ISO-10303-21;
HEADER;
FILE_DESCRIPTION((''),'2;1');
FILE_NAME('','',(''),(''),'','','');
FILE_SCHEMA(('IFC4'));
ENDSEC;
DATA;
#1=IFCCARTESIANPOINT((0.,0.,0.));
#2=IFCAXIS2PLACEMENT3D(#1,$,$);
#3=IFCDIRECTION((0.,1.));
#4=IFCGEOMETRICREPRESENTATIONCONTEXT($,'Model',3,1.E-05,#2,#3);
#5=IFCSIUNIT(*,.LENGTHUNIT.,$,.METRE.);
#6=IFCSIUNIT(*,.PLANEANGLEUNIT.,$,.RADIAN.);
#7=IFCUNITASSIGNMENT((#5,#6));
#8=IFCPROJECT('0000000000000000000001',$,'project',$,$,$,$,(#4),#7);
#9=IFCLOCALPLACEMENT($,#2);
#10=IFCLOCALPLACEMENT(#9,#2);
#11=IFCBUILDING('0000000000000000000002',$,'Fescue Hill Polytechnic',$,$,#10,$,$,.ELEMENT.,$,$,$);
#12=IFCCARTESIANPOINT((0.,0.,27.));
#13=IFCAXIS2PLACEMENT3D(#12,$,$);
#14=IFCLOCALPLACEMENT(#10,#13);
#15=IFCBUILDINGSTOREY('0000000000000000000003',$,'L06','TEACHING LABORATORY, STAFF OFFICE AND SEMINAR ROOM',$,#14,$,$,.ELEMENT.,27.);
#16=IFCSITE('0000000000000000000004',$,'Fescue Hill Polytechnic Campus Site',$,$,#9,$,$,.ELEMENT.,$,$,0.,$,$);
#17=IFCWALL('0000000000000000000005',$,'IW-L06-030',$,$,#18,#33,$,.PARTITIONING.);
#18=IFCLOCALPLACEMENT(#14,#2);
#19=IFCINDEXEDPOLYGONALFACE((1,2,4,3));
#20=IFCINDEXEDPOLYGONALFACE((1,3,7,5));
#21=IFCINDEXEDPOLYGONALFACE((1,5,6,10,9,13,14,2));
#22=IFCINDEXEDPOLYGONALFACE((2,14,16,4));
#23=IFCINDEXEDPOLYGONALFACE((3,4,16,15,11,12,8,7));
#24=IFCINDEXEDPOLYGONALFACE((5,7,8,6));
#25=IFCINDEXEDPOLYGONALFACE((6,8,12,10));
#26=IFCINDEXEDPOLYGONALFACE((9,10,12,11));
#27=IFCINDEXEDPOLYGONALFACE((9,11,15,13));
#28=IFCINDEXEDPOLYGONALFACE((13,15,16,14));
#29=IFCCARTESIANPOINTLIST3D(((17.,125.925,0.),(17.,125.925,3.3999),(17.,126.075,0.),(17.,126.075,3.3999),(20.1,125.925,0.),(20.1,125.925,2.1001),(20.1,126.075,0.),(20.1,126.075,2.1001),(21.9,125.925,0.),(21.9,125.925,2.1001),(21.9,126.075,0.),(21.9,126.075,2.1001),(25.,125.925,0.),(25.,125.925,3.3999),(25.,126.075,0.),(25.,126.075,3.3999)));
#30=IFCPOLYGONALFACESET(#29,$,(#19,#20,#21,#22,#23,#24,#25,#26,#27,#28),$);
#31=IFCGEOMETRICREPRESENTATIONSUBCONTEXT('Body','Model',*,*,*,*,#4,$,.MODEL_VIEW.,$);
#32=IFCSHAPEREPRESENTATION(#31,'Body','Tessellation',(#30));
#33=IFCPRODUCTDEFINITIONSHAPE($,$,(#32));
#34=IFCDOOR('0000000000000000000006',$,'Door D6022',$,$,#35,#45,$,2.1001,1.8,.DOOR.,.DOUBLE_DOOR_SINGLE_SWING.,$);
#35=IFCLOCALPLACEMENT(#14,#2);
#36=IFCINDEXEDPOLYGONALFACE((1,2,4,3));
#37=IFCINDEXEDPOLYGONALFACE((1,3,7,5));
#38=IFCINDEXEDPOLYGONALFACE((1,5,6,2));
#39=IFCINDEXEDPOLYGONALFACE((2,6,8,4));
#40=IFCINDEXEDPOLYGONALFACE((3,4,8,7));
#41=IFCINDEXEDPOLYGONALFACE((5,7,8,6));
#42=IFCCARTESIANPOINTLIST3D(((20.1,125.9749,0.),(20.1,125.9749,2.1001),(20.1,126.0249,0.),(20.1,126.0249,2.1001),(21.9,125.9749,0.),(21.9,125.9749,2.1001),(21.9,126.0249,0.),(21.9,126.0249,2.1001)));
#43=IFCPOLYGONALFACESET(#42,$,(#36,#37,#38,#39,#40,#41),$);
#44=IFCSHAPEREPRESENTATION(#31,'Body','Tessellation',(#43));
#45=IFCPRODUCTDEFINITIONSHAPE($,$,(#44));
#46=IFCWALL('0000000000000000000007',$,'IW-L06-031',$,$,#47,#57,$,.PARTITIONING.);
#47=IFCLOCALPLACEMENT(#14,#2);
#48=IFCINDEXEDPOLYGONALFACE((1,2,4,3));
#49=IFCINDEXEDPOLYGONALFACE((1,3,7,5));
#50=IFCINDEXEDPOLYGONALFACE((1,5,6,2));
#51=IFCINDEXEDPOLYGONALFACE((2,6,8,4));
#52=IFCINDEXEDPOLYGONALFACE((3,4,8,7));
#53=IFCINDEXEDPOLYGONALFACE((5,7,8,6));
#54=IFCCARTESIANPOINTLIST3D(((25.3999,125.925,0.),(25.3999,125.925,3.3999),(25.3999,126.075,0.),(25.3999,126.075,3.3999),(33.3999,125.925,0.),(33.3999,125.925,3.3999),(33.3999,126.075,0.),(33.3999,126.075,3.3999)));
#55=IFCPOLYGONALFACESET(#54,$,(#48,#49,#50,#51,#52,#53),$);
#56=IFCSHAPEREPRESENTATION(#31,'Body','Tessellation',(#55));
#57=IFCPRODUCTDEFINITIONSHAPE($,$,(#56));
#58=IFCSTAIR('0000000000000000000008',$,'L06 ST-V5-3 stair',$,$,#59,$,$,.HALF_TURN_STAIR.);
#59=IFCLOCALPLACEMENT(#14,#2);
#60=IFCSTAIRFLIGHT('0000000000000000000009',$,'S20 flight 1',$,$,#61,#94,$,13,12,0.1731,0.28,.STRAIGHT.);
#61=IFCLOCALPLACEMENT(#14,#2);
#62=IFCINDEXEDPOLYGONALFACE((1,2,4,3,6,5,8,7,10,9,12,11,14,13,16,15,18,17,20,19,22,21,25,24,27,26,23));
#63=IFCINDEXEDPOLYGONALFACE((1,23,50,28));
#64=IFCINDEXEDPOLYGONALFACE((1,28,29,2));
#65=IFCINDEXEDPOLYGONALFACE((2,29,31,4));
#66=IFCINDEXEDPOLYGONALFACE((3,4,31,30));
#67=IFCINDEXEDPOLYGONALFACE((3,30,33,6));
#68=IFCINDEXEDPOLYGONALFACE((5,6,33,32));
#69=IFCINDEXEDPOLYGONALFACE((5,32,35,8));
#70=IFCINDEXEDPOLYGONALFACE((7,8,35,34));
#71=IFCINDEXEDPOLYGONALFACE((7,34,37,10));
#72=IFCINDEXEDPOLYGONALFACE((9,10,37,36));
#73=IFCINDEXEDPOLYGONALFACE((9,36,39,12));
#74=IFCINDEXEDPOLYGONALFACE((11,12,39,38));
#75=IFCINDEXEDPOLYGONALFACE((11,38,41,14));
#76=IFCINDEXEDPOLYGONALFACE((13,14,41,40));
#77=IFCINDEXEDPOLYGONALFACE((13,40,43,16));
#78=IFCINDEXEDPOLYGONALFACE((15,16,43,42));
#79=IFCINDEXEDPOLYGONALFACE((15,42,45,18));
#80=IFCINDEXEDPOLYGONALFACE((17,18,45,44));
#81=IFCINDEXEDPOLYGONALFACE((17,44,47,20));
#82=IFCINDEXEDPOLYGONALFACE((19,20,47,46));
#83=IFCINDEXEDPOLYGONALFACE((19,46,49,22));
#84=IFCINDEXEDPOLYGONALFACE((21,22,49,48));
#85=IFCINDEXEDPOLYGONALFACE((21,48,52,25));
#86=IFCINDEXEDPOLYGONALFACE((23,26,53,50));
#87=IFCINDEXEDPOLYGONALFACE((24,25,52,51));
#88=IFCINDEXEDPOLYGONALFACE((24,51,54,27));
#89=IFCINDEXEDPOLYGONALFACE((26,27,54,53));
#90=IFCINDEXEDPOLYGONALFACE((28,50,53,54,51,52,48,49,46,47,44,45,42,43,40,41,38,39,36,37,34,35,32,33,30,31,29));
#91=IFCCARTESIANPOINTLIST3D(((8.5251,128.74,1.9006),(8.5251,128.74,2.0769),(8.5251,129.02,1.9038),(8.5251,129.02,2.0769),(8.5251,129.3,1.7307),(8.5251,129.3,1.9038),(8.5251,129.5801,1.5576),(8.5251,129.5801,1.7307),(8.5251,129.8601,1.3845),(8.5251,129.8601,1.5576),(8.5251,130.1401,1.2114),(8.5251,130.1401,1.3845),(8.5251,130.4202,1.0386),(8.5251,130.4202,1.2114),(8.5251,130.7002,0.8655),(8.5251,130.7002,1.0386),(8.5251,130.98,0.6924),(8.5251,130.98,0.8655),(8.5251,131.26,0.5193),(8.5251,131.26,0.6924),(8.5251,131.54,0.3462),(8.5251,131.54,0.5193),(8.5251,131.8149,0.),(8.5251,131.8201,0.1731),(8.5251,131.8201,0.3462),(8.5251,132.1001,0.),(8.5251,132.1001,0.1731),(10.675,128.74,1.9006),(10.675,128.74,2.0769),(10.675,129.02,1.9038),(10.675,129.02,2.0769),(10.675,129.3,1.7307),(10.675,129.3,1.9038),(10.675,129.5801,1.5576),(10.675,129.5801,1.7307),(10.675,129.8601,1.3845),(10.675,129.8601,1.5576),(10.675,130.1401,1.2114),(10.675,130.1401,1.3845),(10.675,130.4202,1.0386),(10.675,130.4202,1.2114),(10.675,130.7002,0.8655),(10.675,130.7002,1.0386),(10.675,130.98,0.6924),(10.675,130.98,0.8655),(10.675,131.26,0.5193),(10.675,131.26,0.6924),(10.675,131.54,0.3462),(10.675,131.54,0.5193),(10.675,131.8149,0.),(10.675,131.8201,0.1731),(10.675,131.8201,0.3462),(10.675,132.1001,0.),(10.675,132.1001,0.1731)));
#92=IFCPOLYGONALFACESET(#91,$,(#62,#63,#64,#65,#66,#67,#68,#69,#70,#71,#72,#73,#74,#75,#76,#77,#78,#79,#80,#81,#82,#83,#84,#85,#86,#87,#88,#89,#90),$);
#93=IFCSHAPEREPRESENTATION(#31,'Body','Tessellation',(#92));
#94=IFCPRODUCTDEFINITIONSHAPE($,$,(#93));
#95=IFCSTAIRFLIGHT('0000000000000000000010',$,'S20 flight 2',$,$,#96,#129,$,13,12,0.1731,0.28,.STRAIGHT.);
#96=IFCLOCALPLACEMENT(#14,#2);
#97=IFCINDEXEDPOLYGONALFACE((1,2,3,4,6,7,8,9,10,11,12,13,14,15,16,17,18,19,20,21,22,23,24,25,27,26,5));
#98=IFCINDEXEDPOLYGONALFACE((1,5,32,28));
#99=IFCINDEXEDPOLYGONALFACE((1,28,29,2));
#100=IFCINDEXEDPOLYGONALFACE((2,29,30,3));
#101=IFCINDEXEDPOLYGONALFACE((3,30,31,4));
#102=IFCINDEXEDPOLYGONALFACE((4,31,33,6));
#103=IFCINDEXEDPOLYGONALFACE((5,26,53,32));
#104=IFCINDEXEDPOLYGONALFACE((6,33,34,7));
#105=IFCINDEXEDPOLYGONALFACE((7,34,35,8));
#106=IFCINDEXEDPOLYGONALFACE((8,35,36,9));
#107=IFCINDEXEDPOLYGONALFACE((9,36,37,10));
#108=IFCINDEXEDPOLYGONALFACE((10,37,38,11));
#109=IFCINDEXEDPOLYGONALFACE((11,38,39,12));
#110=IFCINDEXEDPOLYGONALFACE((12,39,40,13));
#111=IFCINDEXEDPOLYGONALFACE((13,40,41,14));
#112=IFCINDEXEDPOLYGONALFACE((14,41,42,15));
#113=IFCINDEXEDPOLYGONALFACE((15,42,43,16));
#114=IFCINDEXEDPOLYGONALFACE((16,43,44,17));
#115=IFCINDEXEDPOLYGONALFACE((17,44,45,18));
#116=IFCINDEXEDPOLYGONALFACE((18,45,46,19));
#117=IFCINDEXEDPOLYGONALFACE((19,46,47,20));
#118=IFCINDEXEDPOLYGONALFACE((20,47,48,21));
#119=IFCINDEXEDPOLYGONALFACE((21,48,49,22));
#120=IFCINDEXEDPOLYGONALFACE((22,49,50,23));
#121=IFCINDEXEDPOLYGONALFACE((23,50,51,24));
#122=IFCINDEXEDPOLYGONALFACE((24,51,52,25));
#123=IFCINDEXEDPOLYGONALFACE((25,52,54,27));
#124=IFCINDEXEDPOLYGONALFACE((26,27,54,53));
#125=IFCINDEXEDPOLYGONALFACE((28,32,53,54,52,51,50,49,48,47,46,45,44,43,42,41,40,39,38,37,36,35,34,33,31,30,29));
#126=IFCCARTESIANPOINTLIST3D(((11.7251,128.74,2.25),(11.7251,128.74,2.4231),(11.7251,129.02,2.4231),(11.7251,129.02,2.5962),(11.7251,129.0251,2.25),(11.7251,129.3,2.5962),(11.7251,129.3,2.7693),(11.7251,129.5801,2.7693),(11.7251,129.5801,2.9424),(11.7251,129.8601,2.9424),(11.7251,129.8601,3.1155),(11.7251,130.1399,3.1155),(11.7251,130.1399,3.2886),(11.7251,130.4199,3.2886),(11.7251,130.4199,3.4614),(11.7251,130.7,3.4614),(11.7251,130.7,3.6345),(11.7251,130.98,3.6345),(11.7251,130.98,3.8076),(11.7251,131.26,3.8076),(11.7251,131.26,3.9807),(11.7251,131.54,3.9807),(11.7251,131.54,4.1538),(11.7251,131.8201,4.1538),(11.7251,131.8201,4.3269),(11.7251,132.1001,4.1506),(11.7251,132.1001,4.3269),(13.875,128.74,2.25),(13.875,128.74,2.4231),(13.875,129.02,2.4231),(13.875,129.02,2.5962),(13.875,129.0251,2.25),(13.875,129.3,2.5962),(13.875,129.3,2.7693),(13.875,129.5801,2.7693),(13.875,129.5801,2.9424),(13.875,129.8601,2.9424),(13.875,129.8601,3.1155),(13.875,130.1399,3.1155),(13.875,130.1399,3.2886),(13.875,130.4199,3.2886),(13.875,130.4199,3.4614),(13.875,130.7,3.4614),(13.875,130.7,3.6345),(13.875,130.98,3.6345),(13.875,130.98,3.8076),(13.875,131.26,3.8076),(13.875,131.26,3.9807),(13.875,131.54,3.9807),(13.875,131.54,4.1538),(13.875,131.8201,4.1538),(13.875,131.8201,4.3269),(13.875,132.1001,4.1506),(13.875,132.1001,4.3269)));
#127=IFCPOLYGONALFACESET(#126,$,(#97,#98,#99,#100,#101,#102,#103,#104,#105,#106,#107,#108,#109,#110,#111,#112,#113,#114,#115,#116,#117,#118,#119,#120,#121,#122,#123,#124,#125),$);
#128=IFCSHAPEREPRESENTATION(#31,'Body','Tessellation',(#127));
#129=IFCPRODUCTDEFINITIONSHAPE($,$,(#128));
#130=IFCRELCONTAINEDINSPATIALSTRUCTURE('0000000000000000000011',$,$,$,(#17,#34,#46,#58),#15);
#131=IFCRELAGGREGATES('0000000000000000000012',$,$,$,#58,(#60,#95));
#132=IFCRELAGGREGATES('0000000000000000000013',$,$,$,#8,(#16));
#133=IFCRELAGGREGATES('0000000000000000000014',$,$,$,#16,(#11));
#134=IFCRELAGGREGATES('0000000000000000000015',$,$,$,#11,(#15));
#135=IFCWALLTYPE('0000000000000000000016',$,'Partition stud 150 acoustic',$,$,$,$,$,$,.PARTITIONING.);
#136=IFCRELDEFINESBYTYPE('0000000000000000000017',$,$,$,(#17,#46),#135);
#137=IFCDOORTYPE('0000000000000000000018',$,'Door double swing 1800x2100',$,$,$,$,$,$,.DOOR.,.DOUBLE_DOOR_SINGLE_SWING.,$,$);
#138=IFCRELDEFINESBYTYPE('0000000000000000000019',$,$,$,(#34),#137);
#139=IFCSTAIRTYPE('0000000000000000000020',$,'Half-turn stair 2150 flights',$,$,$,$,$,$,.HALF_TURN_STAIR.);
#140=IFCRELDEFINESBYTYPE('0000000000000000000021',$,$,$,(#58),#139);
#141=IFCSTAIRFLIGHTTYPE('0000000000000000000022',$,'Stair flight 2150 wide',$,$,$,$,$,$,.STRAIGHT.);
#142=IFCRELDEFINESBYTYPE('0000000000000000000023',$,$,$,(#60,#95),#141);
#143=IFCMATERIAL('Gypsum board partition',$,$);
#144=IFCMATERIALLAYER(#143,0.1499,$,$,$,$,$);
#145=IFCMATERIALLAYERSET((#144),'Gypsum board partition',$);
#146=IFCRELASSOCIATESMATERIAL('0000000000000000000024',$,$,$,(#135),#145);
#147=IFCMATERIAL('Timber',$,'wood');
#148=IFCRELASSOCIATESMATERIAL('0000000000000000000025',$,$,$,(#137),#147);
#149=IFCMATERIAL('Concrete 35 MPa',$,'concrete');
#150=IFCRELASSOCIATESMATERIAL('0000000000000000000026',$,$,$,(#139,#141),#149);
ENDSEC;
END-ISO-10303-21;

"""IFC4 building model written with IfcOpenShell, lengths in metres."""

from ifc_helpers import new_model, si_unit, direction, frame, frame_2d, origin, place, context, subcontext, project, spatial, polyline, rectangle, outline, extrude, material, layer, layer_set, type_object, element, fill, aggregate, save


model = new_model("IFC4")

# Units and contexts
model_context = context("Model", 3, precision=1e-05, world=origin(), true_north=direction((0.0, 1.0)))
body_context = subcontext(model_context, "Body", "Model", "MODEL_VIEW")
ifc_project = project(units=[si_unit("LENGTHUNIT", "METRE"), si_unit("PLANEANGLEUNIT", "RADIAN")], contexts=[model_context])

# Site, building, storey
site_placement = place(None, origin())
site = spatial("IfcSite", under=ifc_project, at=site_placement, Name="Fescue Hill Polytechnic Campus Site", CompositionType="ELEMENT", RefElevation=0.0)
building_placement = place(site_placement, origin())
building = spatial("IfcBuilding", under=site, at=building_placement, Name="Fescue Hill Polytechnic", CompositionType="ELEMENT")
storey_placement = place(building_placement, frame((0.0, 0.0, 27.0)))
storey = spatial("IfcBuildingStorey", under=building, at=storey_placement, Name="L06", Description="TEACHING LABORATORY, STAFF OFFICE AND SEMINAR ROOM", CompositionType="ELEMENT", Elevation=27.0)

# Shared definitions
ifc_material_1 = material(Name="Concrete 35 MPa", Category="concrete")

# Wall, opening, door
ifc_material_2 = material(Name="Gypsum board partition")
ifc_layer_1 = layer(ifc_material_2, 0.1499)
ifc_layer_set_1 = layer_set([ifc_layer_1], Name="Gypsum board partition")
wall_type_1 = type_object("IfcWallType", Name="Partition stud 150 acoustic", PredefinedType="PARTITIONING", material=ifc_layer_set_1)
wall_1_placement = place(storey_placement, frame((17.0, 126.0, 0.0), z_axis=(0.0, 0.0, 1.0), x_axis=(1.0, 0.0, 0.0)))
wall_1 = element("IfcWall", 1, at=wall_1_placement, inside=storey, type_object=wall_type_1, Name="IW-L06-030", PredefinedType="PARTITIONING", context=body_context, shape_type="SweptSolid", body=[
    extrude(rectangle(XDim=8.0, YDim=0.1499, at=frame_2d((4.0, 0.0))), origin(), (0.0, 0.0, 1.0), 3.3999),
])
opening_1_placement = place(wall_1_placement, frame((3.1001, 0.0, 0.0)))
opening_1 = element("IfcOpeningElement", 2, at=opening_1_placement, cuts=wall_1, PredefinedType="OPENING", context=body_context, shape_type="SweptSolid", body=[
    extrude(rectangle(XDim=1.8, YDim=2.1001, at=frame_2d((0.8999, 1.05))), frame((0.0, 0.085, 0.0), z_axis=(0.0, -1.0, 0.0), x_axis=(1.0, 0.0, 0.0)), (0.0, 0.0, 1.0), 0.1699),
])
ifc_material_3 = material(Name="Timber", Category="wood")
door_type_1 = type_object("IfcDoorType", Name="Door double swing 1800x2100", OperationType="DOUBLE_DOOR_SINGLE_SWING", PredefinedType="DOOR", material=ifc_material_3)
door_1_placement = place(opening_1_placement, origin())
door_1 = element("IfcDoor", 3, at=door_1_placement, inside=storey, type_object=door_type_1, Name="Door D6022", OperationType="DOUBLE_DOOR_SINGLE_SWING", OverallHeight=2.1001, OverallWidth=1.8, PredefinedType="DOOR", context=body_context, shape_type="SweptSolid", body=[
    extrude(rectangle(XDim=1.8, YDim=2.1001, at=frame_2d((0.8999, 1.05))), frame((0.0, 0.0249, 0.0), z_axis=(0.0, -1.0, 0.0), x_axis=(1.0, 0.0, 0.0)), (0.0, 0.0, 1.0), 0.05),
])
fill(opening_1, door_1)

# Wall
wall_2_placement = place(storey_placement, frame((25.3999, 126.0, 0.0), z_axis=(0.0, 0.0, 1.0), x_axis=(1.0, 0.0, 0.0)))
element("IfcWall", 4, at=wall_2_placement, inside=storey, type_object=wall_type_1, Name="IW-L06-031", PredefinedType="PARTITIONING", context=body_context, shape_type="SweptSolid", body=[
    extrude(rectangle(XDim=8.0, YDim=0.1499, at=frame_2d((4.0, 0.0))), origin(), (0.0, 0.0, 1.0), 3.3999),
])

# Stair, stair flights
stair_type = type_object("IfcStairType", Name="Half-turn stair 2150 flights", PredefinedType="HALF_TURN_STAIR", material=ifc_material_1)
stair_placement = place(storey_placement, origin())
stair = element("IfcStair", 5, at=stair_placement, inside=storey, type_object=stair_type, Name="L06 ST-V5-3 stair", PredefinedType="HALF_TURN_STAIR")
stair_flight_type = type_object("IfcStairFlightType", Name="Stair flight 2150 wide", PredefinedType="STRAIGHT", material=ifc_material_1)
stair_flight_1_placement = place(storey_placement, frame((9.6001, 132.1001, 0.0), z_axis=(0.0, 0.0, 1.0), x_axis=(0.0, -1.0, 0.0)))
stair_flight_1 = element("IfcStairFlight", 6, at=stair_flight_1_placement, type_object=stair_flight_type, Name="S20 flight 1", NumberOfRisers=13, NumberOfTreads=12, PredefinedType="STRAIGHT", RiserHeight=0.1731, TreadLength=0.28, context=body_context, shape_type="SweptSolid", body=[
    extrude(outline(polyline([(0.0, 0.0), (0.0, 0.1731), (0.28, 0.1731), (0.28, 0.3462), (0.5601, 0.3462), (0.5601, 0.5193), (0.8401, 0.5193), (0.8401, 0.6924), (1.1201, 0.6924), (1.1201, 0.8655), (1.3999, 0.8655), (1.3999, 1.0386), (1.6799, 1.0386), (1.6799, 1.2114), (1.96, 1.2114), (1.96, 1.3845), (2.24, 1.3845), (2.24, 1.5576), (2.52, 1.5576), (2.52, 1.7307), (2.8, 1.7307), (2.8, 1.9038), (3.0801, 1.9038), (3.0801, 2.0769), (3.3601, 2.0769), (3.3601, 2.25), (3.3601, 1.9006), (0.2852, 0.0), (0.0, 0.0)])), frame((0.0, 1.075, 0.0), z_axis=(0.0, -1.0, 0.0), x_axis=(1.0, 0.0, 0.0)), (0.0, 0.0, 1.0), 2.1499),
])
stair_flight_2_placement = place(storey_placement, frame((12.8, 128.74, 2.25), z_axis=(0.0, 0.0, 1.0), x_axis=(0.0, 1.0, 0.0)))
stair_flight_2 = element("IfcStairFlight", 7, at=stair_flight_2_placement, type_object=stair_flight_type, Name="S20 flight 2", NumberOfRisers=13, NumberOfTreads=12, PredefinedType="STRAIGHT", RiserHeight=0.1731, TreadLength=0.28, context=body_context, shape_type="SweptSolid", body=[
    extrude(outline(polyline([(0.0, 0.0), (0.0, 0.1731), (0.28, 0.1731), (0.28, 0.3462), (0.5601, 0.3462), (0.5601, 0.5193), (0.8401, 0.5193), (0.8401, 0.6924), (1.1201, 0.6924), (1.1201, 0.8655), (1.3999, 0.8655), (1.3999, 1.0386), (1.6799, 1.0386), (1.6799, 1.2114), (1.96, 1.2114), (1.96, 1.3845), (2.24, 1.3845), (2.24, 1.5576), (2.52, 1.5576), (2.52, 1.7307), (2.8, 1.7307), (2.8, 1.9038), (3.0801, 1.9038), (3.0801, 2.0769), (3.3601, 2.0769), (3.3601, 2.25), (3.3601, 1.9006), (0.2852, 0.0), (0.0, 0.0)])), frame((0.0, 1.075, 0.0), z_axis=(0.0, -1.0, 0.0), x_axis=(1.0, 0.0, 0.0)), (0.0, 0.0, 1.0), 2.1499),
])
aggregate(stair, [stair_flight_1, stair_flight_2])

save(model, "model.ifc")
